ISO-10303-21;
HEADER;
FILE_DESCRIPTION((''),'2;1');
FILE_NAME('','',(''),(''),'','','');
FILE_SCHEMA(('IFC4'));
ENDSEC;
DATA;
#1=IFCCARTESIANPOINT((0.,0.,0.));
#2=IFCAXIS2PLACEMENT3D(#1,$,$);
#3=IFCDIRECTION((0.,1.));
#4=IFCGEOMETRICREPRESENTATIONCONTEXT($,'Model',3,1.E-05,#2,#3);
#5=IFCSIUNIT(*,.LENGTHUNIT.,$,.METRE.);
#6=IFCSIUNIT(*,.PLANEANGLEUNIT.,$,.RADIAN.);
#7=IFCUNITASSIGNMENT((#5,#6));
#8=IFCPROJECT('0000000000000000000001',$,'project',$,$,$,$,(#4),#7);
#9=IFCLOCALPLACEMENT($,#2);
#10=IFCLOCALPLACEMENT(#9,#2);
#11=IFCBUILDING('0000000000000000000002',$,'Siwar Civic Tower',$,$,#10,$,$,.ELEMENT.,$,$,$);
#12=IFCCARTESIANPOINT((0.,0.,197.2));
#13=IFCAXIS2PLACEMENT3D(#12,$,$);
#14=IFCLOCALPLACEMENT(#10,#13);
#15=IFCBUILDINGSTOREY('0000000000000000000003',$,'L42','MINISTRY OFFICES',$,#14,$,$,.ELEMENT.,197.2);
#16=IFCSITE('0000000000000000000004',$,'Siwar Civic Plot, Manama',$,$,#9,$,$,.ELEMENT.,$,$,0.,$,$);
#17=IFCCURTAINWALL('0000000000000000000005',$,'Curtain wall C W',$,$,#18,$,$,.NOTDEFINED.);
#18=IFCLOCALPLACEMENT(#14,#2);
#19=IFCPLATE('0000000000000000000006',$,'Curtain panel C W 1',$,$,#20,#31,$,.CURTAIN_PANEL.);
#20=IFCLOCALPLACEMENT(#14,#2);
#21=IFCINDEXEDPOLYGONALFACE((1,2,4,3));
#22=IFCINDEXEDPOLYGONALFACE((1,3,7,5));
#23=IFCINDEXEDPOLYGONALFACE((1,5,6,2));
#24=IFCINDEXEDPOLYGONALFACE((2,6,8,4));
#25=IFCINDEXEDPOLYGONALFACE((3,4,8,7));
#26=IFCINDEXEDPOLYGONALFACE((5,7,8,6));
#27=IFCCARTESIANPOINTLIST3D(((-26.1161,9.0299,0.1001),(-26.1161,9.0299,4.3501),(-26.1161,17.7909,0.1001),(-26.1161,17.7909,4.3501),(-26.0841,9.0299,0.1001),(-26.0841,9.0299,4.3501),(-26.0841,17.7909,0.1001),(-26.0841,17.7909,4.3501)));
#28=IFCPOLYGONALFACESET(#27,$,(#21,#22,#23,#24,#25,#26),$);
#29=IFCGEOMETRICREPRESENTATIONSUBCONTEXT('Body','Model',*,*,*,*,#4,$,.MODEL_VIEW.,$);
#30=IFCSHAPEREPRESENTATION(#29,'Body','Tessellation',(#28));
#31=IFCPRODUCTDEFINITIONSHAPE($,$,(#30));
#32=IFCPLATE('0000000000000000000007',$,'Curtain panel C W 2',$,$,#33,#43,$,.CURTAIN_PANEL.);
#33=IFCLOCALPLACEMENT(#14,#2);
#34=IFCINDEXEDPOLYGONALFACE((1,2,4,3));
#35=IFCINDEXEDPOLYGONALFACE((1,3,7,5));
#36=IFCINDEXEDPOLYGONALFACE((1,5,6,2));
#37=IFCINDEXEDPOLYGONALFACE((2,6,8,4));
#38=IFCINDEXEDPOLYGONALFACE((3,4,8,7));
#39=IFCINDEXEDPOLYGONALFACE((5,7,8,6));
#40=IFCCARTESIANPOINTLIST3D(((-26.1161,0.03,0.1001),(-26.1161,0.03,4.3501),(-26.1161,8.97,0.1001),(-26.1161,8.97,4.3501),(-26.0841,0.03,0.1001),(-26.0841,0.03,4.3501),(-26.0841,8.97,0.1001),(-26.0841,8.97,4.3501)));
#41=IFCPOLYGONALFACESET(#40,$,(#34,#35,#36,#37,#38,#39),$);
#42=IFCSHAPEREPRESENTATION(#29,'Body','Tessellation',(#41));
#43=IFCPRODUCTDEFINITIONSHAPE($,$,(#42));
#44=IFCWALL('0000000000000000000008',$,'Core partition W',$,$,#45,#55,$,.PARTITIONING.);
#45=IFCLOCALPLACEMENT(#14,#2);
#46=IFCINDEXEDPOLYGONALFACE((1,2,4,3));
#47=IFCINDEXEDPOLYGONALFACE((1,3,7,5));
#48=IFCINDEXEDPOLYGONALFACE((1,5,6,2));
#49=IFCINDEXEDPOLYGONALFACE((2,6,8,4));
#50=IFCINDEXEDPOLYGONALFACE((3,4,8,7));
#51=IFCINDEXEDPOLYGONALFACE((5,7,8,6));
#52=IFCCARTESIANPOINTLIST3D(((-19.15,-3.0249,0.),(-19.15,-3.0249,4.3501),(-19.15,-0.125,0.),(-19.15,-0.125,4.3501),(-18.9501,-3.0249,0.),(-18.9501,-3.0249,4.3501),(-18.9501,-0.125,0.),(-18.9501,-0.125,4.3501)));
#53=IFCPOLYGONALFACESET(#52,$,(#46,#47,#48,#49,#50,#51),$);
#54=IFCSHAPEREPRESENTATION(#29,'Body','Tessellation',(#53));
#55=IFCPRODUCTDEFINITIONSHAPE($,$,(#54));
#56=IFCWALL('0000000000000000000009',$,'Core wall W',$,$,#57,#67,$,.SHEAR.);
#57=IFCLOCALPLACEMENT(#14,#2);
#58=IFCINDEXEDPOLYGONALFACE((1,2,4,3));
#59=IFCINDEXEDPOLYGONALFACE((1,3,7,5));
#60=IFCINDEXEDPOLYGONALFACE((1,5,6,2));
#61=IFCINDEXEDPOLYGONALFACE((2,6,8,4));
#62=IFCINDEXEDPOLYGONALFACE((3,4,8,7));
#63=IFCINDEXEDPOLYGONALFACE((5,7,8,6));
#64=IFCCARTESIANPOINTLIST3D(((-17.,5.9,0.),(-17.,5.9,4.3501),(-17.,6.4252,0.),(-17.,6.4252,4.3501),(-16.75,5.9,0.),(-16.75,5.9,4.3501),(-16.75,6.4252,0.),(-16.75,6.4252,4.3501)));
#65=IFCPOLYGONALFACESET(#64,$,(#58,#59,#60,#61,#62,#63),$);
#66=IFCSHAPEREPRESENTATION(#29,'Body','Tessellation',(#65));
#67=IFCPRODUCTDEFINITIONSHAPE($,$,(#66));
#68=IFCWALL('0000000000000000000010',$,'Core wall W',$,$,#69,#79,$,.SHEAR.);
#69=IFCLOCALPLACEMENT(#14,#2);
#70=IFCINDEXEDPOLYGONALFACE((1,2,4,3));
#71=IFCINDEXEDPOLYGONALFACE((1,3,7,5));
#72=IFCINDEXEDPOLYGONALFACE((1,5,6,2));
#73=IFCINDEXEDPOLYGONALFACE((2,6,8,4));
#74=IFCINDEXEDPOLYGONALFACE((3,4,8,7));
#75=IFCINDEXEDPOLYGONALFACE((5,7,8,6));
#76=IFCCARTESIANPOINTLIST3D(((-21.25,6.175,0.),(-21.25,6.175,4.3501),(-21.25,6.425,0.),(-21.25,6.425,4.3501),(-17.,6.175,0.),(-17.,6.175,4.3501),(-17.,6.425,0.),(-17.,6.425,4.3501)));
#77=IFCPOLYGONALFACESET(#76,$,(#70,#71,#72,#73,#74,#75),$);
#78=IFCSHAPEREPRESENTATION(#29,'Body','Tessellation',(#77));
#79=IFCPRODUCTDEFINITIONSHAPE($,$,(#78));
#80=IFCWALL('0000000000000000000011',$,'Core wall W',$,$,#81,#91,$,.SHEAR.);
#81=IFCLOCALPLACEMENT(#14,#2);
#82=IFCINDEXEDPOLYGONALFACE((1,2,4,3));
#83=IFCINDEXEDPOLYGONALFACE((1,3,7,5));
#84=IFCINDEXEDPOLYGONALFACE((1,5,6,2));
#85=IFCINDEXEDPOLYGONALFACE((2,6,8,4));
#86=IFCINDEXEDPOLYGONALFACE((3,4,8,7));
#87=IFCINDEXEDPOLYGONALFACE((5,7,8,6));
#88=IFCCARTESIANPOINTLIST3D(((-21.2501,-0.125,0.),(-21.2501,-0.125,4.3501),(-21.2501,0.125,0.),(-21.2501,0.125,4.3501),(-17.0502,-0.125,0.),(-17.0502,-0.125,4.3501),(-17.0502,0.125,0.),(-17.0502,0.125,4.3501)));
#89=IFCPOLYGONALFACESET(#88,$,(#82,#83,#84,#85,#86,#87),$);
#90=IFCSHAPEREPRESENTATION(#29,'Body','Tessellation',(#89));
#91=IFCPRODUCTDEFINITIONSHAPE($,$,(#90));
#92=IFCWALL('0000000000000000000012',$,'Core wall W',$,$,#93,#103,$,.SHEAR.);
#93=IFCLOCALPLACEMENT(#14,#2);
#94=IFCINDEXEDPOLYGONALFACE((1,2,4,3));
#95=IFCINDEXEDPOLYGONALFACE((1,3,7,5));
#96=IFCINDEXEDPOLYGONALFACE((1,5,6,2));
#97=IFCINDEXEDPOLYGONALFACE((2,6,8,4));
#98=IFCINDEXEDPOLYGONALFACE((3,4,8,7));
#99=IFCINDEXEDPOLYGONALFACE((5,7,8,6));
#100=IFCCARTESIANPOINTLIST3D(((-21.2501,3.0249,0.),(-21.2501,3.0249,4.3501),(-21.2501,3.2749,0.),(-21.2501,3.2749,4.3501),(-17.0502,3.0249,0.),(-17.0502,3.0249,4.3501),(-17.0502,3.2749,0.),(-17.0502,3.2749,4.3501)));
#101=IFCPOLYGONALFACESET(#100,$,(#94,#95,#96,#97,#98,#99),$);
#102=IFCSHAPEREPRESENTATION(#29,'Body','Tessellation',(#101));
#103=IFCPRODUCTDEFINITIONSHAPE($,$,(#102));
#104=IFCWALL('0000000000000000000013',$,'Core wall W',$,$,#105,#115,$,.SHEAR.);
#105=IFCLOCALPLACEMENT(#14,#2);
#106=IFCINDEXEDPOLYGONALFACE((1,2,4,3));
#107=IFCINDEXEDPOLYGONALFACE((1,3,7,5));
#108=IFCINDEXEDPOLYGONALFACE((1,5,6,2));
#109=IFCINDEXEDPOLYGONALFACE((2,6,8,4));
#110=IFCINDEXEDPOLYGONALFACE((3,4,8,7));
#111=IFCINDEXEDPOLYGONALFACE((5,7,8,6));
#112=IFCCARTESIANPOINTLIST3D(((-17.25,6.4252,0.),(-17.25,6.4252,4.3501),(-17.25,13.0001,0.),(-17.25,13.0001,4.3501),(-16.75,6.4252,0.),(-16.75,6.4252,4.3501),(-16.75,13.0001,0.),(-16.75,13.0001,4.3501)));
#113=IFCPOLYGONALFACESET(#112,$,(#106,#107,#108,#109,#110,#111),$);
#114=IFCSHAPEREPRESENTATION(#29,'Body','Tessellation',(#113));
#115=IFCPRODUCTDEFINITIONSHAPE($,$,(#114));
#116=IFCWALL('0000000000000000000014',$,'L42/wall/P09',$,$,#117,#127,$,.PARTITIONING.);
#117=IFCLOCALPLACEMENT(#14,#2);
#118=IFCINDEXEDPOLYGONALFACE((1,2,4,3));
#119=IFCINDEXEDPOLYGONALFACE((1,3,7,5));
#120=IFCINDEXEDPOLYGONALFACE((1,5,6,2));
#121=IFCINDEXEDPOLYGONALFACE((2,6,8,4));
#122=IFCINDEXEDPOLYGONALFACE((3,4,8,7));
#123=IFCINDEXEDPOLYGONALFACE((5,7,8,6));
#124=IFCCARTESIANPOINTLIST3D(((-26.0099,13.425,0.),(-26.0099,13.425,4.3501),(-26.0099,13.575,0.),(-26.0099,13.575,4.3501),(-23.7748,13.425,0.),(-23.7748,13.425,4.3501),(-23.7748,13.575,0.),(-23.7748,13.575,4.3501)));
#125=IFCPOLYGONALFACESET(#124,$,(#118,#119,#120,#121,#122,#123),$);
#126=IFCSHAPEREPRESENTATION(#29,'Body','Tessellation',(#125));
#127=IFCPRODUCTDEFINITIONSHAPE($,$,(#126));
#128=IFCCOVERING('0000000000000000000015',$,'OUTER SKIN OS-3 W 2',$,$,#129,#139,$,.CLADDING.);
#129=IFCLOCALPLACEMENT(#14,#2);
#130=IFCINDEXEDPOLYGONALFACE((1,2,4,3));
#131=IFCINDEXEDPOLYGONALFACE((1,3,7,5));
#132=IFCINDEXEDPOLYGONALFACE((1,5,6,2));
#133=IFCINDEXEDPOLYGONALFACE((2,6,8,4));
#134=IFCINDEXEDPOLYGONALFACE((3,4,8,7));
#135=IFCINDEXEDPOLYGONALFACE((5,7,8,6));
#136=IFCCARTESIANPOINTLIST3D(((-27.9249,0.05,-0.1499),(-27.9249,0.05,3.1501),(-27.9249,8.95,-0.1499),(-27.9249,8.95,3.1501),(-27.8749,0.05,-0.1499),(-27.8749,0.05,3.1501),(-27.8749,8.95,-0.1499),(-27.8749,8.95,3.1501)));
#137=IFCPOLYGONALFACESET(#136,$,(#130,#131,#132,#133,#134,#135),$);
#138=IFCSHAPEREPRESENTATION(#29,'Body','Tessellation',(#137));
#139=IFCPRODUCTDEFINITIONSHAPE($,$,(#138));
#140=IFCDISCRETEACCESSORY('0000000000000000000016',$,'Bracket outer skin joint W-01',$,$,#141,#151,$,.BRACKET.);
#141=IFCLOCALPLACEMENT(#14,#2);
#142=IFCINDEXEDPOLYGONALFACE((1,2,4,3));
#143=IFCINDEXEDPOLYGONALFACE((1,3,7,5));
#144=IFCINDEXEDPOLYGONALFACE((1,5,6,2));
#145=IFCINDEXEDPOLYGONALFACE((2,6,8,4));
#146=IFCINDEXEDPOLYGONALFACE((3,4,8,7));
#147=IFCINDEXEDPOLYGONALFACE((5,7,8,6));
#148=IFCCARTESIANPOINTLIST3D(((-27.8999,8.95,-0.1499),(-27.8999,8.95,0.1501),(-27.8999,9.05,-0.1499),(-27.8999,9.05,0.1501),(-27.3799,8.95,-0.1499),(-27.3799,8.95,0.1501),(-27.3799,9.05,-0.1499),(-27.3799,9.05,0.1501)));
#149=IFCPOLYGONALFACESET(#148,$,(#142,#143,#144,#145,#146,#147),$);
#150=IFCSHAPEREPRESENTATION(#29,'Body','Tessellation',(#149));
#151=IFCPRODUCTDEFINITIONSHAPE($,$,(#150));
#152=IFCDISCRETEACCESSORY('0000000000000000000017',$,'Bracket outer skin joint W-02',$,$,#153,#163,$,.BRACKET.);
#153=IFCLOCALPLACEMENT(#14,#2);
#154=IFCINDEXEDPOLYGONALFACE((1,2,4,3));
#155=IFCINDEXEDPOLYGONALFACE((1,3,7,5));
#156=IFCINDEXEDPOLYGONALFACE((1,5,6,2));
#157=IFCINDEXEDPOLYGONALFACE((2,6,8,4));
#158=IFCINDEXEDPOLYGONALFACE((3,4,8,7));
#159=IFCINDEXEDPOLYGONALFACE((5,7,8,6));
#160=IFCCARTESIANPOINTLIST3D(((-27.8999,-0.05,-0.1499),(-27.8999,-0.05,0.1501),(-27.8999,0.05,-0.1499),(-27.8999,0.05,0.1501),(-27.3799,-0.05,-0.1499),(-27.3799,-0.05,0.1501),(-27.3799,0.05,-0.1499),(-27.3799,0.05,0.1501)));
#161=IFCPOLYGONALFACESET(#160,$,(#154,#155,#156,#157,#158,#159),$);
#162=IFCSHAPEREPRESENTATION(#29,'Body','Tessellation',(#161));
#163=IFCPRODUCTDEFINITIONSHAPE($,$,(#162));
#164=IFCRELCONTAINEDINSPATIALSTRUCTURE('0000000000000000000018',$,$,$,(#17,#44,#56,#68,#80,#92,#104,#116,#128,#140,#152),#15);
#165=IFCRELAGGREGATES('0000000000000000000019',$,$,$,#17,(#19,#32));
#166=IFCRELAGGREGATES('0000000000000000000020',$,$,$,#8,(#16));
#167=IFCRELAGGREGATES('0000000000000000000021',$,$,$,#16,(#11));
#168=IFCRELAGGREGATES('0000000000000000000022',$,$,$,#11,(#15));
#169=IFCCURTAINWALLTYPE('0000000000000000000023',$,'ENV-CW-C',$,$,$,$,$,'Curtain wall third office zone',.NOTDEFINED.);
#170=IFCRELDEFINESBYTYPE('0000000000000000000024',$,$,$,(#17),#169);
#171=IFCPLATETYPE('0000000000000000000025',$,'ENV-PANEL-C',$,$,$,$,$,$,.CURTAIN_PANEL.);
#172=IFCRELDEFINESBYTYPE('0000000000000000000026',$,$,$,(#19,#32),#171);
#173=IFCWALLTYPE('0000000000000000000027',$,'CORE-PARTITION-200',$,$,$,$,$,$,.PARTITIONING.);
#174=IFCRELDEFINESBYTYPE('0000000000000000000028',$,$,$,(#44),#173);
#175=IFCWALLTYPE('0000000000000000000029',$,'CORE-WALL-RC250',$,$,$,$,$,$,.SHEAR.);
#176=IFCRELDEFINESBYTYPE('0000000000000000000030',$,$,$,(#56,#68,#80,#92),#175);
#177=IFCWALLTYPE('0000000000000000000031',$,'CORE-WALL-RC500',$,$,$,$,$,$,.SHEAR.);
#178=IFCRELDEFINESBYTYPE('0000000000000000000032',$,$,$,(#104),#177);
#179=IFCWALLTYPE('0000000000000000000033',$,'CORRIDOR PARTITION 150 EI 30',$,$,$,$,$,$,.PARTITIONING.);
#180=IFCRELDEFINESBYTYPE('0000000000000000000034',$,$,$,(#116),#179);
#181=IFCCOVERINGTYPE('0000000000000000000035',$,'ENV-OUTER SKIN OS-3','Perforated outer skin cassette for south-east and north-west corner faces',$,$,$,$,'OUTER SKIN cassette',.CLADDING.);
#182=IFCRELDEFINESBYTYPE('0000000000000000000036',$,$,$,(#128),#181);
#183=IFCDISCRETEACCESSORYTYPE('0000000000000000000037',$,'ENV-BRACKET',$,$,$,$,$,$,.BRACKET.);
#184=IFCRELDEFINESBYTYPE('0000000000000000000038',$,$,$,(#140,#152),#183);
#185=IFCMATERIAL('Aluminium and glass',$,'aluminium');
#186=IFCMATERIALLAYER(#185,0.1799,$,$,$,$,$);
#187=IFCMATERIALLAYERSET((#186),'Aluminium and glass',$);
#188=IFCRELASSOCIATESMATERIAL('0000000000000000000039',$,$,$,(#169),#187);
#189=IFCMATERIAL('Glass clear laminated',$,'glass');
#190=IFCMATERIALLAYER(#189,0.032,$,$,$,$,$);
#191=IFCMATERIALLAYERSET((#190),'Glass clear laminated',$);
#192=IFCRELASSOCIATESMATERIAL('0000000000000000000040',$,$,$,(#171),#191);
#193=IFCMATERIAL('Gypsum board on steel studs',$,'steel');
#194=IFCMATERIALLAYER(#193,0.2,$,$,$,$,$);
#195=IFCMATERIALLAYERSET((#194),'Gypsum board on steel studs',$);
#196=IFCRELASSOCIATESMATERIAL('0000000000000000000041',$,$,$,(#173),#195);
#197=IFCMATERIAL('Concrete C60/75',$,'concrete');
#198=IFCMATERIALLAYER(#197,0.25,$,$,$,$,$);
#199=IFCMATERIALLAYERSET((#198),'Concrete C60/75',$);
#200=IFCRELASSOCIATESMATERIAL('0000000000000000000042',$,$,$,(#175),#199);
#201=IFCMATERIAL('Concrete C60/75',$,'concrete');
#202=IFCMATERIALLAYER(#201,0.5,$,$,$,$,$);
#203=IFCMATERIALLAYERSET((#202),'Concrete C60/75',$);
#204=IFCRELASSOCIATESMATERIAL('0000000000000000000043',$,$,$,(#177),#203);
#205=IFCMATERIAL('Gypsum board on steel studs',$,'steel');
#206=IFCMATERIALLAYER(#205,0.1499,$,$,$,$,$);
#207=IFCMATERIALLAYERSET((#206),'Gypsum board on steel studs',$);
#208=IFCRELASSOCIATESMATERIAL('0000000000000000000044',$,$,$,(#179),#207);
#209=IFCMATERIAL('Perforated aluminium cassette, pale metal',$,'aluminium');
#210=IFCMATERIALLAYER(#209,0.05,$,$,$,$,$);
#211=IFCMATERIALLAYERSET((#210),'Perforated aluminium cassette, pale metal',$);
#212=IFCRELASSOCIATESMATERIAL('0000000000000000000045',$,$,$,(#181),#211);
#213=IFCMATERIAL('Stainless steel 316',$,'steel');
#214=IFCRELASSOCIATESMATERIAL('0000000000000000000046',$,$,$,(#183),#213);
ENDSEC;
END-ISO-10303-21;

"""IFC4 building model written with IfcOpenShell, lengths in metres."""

from ifc_helpers import new_model, si_unit, direction, frame, frame_2d, origin, origin_2d, place, context, subcontext, project, spatial, rectangle, extrude, material, layer, layer_set, type_object, element, aggregate, save


model = new_model("IFC4")

# Units and contexts
model_context = context("Model", 3, precision=1e-05, world=origin(), true_north=direction((0.0, 1.0)))
body_context = subcontext(model_context, "Body", "Model", "MODEL_VIEW")
ifc_project = project(units=[si_unit("LENGTHUNIT", "METRE"), si_unit("PLANEANGLEUNIT", "RADIAN")], contexts=[model_context])

# Site, building, storey
site_placement = place(None, origin())
site = spatial("IfcSite", under=ifc_project, at=site_placement, Name="Siwar Civic Plot, Manama", CompositionType="ELEMENT", RefElevation=0.0)
building_placement = place(site_placement, origin())
building = spatial("IfcBuilding", under=site, at=building_placement, Name="Siwar Civic Tower", CompositionType="ELEMENT")
storey_placement = place(building_placement, frame((0.0, 0.0, 197.2)))
storey = spatial("IfcBuildingStorey", under=building, at=storey_placement, Name="L42", Description="MINISTRY OFFICES", CompositionType="ELEMENT", Elevation=197.2)

# Curtain wall
ifc_material_1 = material(Name="Aluminium and glass", Category="aluminium")
ifc_layer_1 = layer(ifc_material_1, 0.1799)
ifc_layer_set_1 = layer_set([ifc_layer_1], Name="Aluminium and glass")
curtain_wall_type = type_object("IfcCurtainWallType", Name="ENV-CW-C", ElementType="Curtain wall third office zone", PredefinedType="NOTDEFINED", material=ifc_layer_set_1)
curtain_wall_placement = place(storey_placement, origin())
curtain_wall = element("IfcCurtainWall", 1, at=curtain_wall_placement, inside=storey, type_object=curtain_wall_type, Name="Curtain wall C W", PredefinedType="NOTDEFINED")

# Plates
ifc_material_2 = material(Name="Glass clear laminated", Category="glass")
ifc_layer_2 = layer(ifc_material_2, 0.032)
ifc_layer_set_2 = layer_set([ifc_layer_2], Name="Glass clear laminated")
plate_type = type_object("IfcPlateType", Name="ENV-PANEL-C", PredefinedType="CURTAIN_PANEL", material=ifc_layer_set_2)
plate_1_placement = place(storey_placement, frame((-26.1001, 13.4104, 0.1001), z_axis=(0.0, 0.0, 1.0), x_axis=(0.0, -1.0, 0.0)))
plate_1 = element("IfcPlate", 2, at=plate_1_placement, type_object=plate_type, Name="Curtain panel C W 1", PredefinedType="CURTAIN_PANEL", context=body_context, shape_type="SweptSolid", body=[
    extrude(rectangle(XDim=8.761, YDim=0.032, at=origin_2d()), origin(), (0.0, 0.0, 1.0), 4.25),
])
plate_2_placement = place(storey_placement, frame((-26.1001, 4.5, 0.1001), z_axis=(0.0, 0.0, 1.0), x_axis=(0.0, -1.0, 0.0)))
plate_2 = element("IfcPlate", 3, at=plate_2_placement, type_object=plate_type, Name="Curtain panel C W 2", PredefinedType="CURTAIN_PANEL", context=body_context, shape_type="SweptSolid", body=[
    extrude(rectangle(XDim=8.9399, YDim=0.032, at=origin_2d()), origin(), (0.0, 0.0, 1.0), 4.25),
])
aggregate(curtain_wall, [plate_1, plate_2])

# Walls
ifc_material_3 = material(Name="Gypsum board on steel studs", Category="steel")
ifc_layer_3 = layer(ifc_material_3, 0.2)
ifc_layer_set_3 = layer_set([ifc_layer_3], Name="Gypsum board on steel studs")
wall_type_1 = type_object("IfcWallType", Name="CORE-PARTITION-200", PredefinedType="PARTITIONING", material=ifc_layer_set_3)
wall_1_placement = place(storey_placement, frame((-19.05, -3.0249, 0.0), z_axis=(0.0, 0.0, 1.0), x_axis=(0.0, 1.0, 0.0)))
element("IfcWall", 4, at=wall_1_placement, inside=storey, type_object=wall_type_1, Name="Core partition W", PredefinedType="PARTITIONING", context=body_context, shape_type="SweptSolid", body=[
    extrude(rectangle(XDim=2.8999, YDim=0.2, at=frame_2d((1.45, 0.0))), origin(), (0.0, 0.0, 1.0), 4.3501),
])
ifc_material_4 = material(Name="Concrete C60/75", Category="concrete")
ifc_layer_4 = layer(ifc_material_4, 0.25)
ifc_layer_set_4 = layer_set([ifc_layer_4], Name="Concrete C60/75")
wall_type_2 = type_object("IfcWallType", Name="CORE-WALL-RC250", PredefinedType="SHEAR", material=ifc_layer_set_4)
wall_2_placement = place(storey_placement, frame((-16.875, 5.8999, 0.0), z_axis=(0.0, 0.0, 1.0), x_axis=(0.0, 1.0, 0.0)))
element("IfcWall", 5, at=wall_2_placement, inside=storey, type_object=wall_type_2, Name="Core wall W", PredefinedType="SHEAR", context=body_context, shape_type="SweptSolid", body=[
    extrude(rectangle(XDim=0.5251, YDim=0.25, at=frame_2d((0.2627, 0.0))), origin(), (0.0, 0.0, 1.0), 4.3501),
])
wall_3_placement = place(storey_placement, frame((-17.0, 6.3, 0.0), z_axis=(0.0, 0.0, 1.0), x_axis=(-1.0, 0.0, 0.0)))
element("IfcWall", 6, at=wall_3_placement, inside=storey, type_object=wall_type_2, Name="Core wall W", PredefinedType="SHEAR", context=body_context, shape_type="SweptSolid", body=[
    extrude(rectangle(XDim=4.25, YDim=0.25, at=frame_2d((2.125, 0.0))), origin(), (0.0, 0.0, 1.0), 4.3501),
])
for number, where, z_axis, x_axis, name in (
    (7, (-17.05, 0.0, 0.0), (0.0, 0.0, 1.0), (-1.0, 0.0, 0.0), "Core wall W"),
    (8, (-17.05, 3.1499, 0.0), (0.0, 0.0, 1.0), (-1.0, 0.0, 0.0), "Core wall W"),
):
    element("IfcWall", number, at=place(storey_placement, frame(where, z_axis=z_axis, x_axis=x_axis)), inside=storey, type_object=wall_type_2, Name=name, PredefinedType="SHEAR", context=body_context, shape_type="SweptSolid", body=[
        extrude(rectangle(XDim=4.2, YDim=0.25, at=frame_2d((2.1001, 0.0))), origin(), (0.0, 0.0, 1.0), 4.3501),
    ])
ifc_material_5 = material(Name="Concrete C60/75", Category="concrete")
ifc_layer_5 = layer(ifc_material_5, 0.5)
ifc_layer_set_5 = layer_set([ifc_layer_5], Name="Concrete C60/75")
wall_type_3 = type_object("IfcWallType", Name="CORE-WALL-RC500", PredefinedType="SHEAR", material=ifc_layer_set_5)
wall_4_placement = place(storey_placement, frame((-17.0, 6.425, 0.0), z_axis=(0.0, 0.0, 1.0), x_axis=(0.0, 1.0, 0.0)))
element("IfcWall", 9, at=wall_4_placement, inside=storey, type_object=wall_type_3, Name="Core wall W", PredefinedType="SHEAR", context=body_context, shape_type="SweptSolid", body=[
    extrude(rectangle(XDim=6.575, YDim=0.5, at=frame_2d((3.2876, 0.0))), origin(), (0.0, 0.0, 1.0), 4.3501),
])
ifc_material_6 = material(Name="Gypsum board on steel studs", Category="steel")
ifc_layer_6 = layer(ifc_material_6, 0.1499)
ifc_layer_set_6 = layer_set([ifc_layer_6], Name="Gypsum board on steel studs")
wall_type_4 = type_object("IfcWallType", Name="CORRIDOR PARTITION 150 EI 30", PredefinedType="PARTITIONING", material=ifc_layer_set_6)
wall_5_placement = place(storey_placement, frame((-26.01, 13.5, 0.0), z_axis=(0.0, 0.0, 1.0), x_axis=(1.0, 0.0, 0.0)))
element("IfcWall", 10, at=wall_5_placement, inside=storey, type_object=wall_type_4, Name="L42/wall/P09", PredefinedType="PARTITIONING", context=body_context, shape_type="SweptSolid", body=[
    extrude(rectangle(XDim=2.2351, YDim=0.1499, at=frame_2d((1.1177, 0.0))), origin(), (0.0, 0.0, 1.0), 4.3501),
])

# Covering
ifc_material_7 = material(Name="Perforated aluminium cassette, pale metal", Category="aluminium")
ifc_layer_7 = layer(ifc_material_7, 0.05)
ifc_layer_set_7 = layer_set([ifc_layer_7], Name="Perforated aluminium cassette, pale metal")
covering_type = type_object("IfcCoveringType", Name="ENV-OUTER SKIN OS-3", Description="Perforated outer skin cassette for south-east and north-west corner faces", ElementType="OUTER SKIN cassette", PredefinedType="CLADDING", material=ifc_layer_set_7)
covering_placement = place(storey_placement, frame((-27.8999, 4.5, -0.1499), z_axis=(0.0, 0.0, 1.0), x_axis=(0.0, -1.0, 0.0)))
element("IfcCovering", 11, at=covering_placement, inside=storey, type_object=covering_type, Name="OUTER SKIN OS-3 W 2", PredefinedType="CLADDING", context=body_context, shape_type="SweptSolid", body=[
    extrude(rectangle(XDim=8.8999, YDim=0.05, at=origin_2d()), origin(), (0.0, 0.0, 1.0), 3.3),
])

# Discrete accessories
ifc_material_8 = material(Name="Stainless steel 316", Category="steel")
discrete_accessory_type = type_object("IfcDiscreteAccessoryType", Name="ENV-BRACKET", PredefinedType="BRACKET", material=ifc_material_8)
for number, where, z_axis, x_axis, name in (
    (12, (-27.6399, 9.0, -0.1499), (0.0, 0.0, 1.0), (-1.0, 0.0, 0.0), "Bracket outer skin joint W-01"),
    (13, (-27.6399, 0.0, -0.1499), (0.0, 0.0, 1.0), (-1.0, 0.0, 0.0), "Bracket outer skin joint W-02"),
):
    element("IfcDiscreteAccessory", number, at=place(storey_placement, frame(where, z_axis=z_axis, x_axis=x_axis)), inside=storey, type_object=discrete_accessory_type, Name=name, PredefinedType="BRACKET", context=body_context, shape_type="SweptSolid", body=[
        extrude(rectangle(XDim=0.52, YDim=0.1001, at=origin_2d()), origin(), (0.0, 0.0, 1.0), 0.3),
    ])

save(model, "model.ifc")
